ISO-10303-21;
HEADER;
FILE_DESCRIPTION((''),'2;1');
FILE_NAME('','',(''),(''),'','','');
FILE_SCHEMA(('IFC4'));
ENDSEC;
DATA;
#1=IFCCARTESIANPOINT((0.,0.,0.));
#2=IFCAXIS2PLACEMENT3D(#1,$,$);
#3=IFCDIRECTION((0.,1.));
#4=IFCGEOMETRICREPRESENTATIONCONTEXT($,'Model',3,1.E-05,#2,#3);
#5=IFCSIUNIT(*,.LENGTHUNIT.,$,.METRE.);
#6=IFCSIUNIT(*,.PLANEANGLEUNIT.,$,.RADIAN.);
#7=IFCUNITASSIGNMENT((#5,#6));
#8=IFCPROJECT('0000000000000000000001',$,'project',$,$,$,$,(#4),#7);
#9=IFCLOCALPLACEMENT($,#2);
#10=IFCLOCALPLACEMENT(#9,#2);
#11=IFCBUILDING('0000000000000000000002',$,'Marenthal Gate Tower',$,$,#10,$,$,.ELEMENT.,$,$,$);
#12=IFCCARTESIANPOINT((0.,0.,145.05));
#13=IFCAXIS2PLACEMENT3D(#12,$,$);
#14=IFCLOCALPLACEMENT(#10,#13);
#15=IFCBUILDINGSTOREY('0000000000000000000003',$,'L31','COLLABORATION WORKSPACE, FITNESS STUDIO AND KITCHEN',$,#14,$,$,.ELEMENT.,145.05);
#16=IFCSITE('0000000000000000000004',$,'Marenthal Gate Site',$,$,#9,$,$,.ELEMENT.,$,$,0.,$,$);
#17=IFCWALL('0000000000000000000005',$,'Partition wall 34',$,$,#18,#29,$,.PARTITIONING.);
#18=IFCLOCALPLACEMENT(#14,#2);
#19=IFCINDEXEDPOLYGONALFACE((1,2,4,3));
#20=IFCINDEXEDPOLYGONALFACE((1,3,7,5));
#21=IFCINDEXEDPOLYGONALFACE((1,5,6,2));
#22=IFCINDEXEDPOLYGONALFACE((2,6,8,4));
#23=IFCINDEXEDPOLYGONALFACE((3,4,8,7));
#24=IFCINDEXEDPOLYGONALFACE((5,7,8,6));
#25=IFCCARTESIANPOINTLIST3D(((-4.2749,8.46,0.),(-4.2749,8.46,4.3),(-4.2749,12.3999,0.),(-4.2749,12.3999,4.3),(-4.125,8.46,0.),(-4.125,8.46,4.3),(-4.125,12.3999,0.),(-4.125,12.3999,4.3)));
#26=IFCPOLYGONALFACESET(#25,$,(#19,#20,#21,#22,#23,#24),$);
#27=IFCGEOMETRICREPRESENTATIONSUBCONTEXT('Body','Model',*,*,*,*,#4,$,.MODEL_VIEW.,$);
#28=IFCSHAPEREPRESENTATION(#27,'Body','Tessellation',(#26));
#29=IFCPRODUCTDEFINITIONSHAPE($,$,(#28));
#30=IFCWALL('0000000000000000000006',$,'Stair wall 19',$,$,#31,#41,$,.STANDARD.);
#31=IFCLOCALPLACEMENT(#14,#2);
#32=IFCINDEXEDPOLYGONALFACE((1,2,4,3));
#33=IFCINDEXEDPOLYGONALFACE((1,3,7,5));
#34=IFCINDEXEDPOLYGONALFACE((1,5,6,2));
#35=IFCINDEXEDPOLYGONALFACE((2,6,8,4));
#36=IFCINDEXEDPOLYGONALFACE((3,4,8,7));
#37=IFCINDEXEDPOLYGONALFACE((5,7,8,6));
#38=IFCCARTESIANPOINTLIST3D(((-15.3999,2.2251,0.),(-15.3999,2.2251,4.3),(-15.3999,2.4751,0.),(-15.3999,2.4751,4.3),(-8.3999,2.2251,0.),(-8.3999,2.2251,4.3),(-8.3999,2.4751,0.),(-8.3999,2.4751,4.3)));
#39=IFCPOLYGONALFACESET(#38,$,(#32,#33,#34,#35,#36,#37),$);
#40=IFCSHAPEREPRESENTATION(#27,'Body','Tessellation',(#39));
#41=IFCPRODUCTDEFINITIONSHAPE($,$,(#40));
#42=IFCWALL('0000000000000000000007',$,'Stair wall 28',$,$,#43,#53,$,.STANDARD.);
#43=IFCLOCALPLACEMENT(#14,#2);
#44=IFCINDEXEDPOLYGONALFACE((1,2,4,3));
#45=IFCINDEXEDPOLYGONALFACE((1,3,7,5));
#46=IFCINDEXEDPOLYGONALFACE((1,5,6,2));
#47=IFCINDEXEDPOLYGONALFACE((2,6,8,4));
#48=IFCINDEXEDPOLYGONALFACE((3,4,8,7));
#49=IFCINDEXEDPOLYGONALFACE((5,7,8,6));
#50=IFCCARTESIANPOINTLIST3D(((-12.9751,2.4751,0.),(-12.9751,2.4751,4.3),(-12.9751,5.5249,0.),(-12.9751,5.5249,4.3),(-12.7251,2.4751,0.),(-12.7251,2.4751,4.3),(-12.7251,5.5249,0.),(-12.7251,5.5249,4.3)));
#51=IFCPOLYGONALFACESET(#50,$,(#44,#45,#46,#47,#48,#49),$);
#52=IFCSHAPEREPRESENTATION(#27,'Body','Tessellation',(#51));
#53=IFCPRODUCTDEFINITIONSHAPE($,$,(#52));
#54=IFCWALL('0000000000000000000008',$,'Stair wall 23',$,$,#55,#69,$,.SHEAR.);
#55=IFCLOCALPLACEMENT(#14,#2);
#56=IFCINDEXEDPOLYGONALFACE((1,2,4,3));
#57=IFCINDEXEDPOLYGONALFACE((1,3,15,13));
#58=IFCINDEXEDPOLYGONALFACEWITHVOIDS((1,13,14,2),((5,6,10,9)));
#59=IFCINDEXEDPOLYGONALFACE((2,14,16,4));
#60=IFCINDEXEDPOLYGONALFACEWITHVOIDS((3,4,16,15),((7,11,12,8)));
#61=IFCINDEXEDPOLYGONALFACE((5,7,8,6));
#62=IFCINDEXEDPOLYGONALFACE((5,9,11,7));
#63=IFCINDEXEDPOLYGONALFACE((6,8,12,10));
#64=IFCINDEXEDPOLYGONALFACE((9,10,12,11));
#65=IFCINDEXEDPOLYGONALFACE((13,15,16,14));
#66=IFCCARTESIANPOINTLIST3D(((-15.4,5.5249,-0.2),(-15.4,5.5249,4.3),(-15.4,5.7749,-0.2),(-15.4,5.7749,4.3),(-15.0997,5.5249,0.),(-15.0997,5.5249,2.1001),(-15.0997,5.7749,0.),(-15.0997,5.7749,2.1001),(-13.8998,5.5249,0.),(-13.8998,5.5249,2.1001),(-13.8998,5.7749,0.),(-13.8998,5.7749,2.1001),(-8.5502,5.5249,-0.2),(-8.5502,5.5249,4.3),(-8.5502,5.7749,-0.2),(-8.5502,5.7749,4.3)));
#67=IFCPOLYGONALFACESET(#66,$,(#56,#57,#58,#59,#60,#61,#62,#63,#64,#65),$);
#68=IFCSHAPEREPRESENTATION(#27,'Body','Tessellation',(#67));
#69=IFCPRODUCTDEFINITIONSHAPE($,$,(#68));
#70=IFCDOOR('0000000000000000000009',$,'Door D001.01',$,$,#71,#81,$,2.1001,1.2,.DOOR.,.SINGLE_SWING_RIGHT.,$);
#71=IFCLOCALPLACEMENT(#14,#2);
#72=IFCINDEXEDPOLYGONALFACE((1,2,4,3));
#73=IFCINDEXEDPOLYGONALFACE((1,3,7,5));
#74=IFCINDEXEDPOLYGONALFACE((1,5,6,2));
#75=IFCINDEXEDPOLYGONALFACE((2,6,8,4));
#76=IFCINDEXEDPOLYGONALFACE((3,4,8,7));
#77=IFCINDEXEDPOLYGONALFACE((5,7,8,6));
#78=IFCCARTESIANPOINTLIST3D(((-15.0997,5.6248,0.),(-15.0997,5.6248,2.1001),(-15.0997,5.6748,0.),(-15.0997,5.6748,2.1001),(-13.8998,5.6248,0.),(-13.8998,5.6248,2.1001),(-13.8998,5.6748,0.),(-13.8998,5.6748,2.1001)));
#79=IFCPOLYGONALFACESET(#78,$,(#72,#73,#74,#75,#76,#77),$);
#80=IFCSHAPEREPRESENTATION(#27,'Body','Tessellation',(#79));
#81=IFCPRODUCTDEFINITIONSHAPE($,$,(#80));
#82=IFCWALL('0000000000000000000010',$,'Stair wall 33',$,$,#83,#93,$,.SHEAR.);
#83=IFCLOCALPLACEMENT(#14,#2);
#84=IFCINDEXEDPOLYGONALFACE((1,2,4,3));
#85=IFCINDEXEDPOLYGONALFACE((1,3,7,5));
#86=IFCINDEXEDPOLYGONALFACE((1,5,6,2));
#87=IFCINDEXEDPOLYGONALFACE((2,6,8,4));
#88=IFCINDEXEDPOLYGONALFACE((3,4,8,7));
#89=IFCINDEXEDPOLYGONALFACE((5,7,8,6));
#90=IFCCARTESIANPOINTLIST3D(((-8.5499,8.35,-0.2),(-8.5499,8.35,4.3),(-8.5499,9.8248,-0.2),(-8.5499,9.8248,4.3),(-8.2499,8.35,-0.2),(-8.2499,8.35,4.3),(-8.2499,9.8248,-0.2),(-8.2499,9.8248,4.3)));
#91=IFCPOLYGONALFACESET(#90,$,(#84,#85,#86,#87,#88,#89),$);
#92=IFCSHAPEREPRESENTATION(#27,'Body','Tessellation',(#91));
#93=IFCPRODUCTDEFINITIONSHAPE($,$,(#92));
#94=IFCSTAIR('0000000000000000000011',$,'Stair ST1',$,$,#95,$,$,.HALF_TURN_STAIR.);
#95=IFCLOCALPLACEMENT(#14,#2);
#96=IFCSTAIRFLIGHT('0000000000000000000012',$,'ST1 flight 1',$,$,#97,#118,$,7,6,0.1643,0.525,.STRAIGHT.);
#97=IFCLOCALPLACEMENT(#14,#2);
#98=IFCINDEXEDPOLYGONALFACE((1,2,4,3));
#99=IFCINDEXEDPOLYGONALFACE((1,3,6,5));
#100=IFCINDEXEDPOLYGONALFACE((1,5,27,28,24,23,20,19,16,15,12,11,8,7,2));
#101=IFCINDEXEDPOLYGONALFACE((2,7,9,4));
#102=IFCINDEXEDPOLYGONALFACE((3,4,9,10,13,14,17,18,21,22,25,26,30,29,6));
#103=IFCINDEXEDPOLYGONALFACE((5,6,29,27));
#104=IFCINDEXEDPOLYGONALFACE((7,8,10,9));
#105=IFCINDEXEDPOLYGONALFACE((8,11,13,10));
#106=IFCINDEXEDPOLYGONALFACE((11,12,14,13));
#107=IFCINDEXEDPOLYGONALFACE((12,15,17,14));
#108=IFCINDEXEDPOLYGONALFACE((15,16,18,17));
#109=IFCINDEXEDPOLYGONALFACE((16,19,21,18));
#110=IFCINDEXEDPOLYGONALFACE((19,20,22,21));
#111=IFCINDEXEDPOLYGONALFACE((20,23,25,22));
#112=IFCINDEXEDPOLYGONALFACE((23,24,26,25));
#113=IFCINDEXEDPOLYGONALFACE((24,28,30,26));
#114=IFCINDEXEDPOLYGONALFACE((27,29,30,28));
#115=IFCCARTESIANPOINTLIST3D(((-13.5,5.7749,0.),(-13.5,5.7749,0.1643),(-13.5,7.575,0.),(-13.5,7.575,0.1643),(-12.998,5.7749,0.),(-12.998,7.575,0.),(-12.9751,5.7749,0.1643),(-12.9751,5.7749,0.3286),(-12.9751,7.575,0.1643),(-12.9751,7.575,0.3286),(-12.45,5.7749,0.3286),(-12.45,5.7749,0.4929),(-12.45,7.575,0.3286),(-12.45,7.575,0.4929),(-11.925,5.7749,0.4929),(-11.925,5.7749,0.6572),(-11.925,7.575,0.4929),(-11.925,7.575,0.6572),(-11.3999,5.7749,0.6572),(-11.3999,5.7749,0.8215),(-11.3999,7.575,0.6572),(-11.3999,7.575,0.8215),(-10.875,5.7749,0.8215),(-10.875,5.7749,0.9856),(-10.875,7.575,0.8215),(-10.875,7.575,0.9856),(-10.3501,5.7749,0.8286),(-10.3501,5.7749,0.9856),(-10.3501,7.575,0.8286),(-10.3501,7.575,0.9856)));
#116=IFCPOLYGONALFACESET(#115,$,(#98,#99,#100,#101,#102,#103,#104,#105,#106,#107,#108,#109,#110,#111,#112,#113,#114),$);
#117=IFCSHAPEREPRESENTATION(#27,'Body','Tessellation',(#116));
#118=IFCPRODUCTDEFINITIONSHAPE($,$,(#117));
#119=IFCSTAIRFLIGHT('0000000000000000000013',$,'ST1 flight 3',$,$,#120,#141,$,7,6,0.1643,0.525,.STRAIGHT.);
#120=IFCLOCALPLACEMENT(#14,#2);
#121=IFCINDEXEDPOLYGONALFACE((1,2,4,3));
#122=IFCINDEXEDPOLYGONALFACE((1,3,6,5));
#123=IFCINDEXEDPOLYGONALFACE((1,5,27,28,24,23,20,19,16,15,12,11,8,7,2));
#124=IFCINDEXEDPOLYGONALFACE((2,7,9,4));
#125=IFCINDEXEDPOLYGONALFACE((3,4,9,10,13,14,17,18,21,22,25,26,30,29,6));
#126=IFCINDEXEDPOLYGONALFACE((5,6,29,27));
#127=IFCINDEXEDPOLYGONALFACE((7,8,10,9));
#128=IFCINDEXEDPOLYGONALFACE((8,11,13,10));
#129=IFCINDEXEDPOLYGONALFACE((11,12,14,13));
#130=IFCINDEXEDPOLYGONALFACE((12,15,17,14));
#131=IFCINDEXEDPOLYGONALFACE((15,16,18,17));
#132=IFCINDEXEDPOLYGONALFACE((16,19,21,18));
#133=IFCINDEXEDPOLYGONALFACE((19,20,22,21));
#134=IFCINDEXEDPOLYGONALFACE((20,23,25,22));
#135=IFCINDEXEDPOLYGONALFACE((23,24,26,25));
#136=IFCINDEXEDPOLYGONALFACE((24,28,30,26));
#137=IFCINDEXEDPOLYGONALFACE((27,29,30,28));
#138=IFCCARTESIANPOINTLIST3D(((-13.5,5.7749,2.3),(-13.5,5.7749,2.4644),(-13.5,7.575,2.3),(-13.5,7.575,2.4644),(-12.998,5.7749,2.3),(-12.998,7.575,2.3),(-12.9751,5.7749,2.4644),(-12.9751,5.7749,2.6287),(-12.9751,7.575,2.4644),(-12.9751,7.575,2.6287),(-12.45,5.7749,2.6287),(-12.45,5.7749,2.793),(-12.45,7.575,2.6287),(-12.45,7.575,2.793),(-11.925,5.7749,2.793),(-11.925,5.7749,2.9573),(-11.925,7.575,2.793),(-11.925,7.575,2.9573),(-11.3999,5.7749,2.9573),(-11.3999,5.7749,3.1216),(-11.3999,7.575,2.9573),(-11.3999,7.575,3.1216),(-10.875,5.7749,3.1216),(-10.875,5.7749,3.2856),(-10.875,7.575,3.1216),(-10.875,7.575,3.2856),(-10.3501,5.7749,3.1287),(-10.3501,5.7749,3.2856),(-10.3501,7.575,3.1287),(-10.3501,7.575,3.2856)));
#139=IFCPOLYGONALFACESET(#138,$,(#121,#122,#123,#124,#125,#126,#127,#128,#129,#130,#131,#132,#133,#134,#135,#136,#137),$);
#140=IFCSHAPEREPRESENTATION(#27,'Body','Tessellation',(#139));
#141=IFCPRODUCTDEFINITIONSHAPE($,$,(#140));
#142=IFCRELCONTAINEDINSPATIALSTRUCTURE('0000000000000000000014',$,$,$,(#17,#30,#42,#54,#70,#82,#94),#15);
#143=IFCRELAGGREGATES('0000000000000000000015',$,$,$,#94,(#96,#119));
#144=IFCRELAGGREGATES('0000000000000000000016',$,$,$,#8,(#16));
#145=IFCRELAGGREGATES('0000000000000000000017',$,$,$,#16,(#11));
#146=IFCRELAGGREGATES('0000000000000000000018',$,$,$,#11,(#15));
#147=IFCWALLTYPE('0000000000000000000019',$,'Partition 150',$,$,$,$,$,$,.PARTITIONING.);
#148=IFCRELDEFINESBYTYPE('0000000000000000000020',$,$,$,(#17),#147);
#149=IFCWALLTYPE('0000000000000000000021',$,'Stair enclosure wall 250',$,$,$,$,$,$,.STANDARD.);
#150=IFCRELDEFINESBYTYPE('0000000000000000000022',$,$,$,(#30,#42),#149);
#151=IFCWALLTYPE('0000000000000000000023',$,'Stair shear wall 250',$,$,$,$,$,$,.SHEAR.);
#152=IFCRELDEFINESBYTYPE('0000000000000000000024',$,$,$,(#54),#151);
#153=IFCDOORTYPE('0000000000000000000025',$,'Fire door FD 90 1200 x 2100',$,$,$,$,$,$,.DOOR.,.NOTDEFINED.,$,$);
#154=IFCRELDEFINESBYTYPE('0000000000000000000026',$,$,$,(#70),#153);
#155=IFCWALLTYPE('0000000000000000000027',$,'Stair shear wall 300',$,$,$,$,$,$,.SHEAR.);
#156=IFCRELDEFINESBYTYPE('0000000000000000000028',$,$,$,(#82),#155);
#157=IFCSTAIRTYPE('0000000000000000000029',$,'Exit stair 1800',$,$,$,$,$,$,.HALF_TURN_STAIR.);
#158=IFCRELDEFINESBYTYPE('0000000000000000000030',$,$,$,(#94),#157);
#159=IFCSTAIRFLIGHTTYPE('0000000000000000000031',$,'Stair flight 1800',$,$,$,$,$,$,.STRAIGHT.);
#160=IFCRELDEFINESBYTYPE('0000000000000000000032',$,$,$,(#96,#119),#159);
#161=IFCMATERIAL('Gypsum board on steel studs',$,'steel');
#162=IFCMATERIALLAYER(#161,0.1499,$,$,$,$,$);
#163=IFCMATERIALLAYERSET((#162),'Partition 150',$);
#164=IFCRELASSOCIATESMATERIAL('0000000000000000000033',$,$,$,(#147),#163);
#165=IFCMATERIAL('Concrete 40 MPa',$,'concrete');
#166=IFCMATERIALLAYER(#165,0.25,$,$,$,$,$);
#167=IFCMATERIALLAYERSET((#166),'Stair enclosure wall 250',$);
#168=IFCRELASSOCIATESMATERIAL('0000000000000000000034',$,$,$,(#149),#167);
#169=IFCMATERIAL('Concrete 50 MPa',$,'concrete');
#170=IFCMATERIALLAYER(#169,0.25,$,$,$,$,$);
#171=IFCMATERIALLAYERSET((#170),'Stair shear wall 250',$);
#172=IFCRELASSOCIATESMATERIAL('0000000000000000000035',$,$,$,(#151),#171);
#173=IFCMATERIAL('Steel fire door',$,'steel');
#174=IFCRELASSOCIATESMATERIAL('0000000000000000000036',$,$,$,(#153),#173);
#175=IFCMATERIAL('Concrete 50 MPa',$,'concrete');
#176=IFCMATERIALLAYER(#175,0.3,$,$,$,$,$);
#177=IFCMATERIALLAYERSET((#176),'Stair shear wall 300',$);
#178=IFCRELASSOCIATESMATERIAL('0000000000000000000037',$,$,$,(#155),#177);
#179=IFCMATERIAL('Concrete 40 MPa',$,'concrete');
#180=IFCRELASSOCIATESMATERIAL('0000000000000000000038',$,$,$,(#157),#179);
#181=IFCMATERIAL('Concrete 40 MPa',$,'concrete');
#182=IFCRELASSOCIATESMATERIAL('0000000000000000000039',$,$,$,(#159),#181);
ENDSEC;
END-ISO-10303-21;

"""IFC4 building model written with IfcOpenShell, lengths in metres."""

from ifc_helpers import new_model, si_unit, direction, frame, frame_2d, origin, place, context, subcontext, project, spatial, polyline, rectangle, outline, extrude, material, layer, layer_set, type_object, element, fill, aggregate, save


model = new_model("IFC4")

# Units and contexts
model_context = context("Model", 3, precision=1e-05, world=origin(), true_north=direction((0.0, 1.0)))
body_context = subcontext(model_context, "Body", "Model", "MODEL_VIEW")
ifc_project = project(units=[si_unit("LENGTHUNIT", "METRE"), si_unit("PLANEANGLEUNIT", "RADIAN")], contexts=[model_context])

# Site, building, storey
site_placement = place(None, origin())
site = spatial("IfcSite", under=ifc_project, at=site_placement, Name="Marenthal Gate Site", CompositionType="ELEMENT", RefElevation=0.0)
building_placement = place(site_placement, origin())
building = spatial("IfcBuilding", under=site, at=building_placement, Name="Marenthal Gate Tower", CompositionType="ELEMENT")
storey_placement = place(building_placement, frame((0.0, 0.0, 145.05)))
storey = spatial("IfcBuildingStorey", under=building, at=storey_placement, Name="L31", Description="COLLABORATION WORKSPACE, FITNESS STUDIO AND KITCHEN", CompositionType="ELEMENT", Elevation=145.05)

# Walls
ifc_material_1 = material(Name="Gypsum board on steel studs", Category="steel")
ifc_layer_1 = layer(ifc_material_1, 0.1499)
ifc_layer_set_1 = layer_set([ifc_layer_1], Name="Partition 150")
wall_type_1 = type_object("IfcWallType", Name="Partition 150", PredefinedType="PARTITIONING", material=ifc_layer_set_1)
wall_1_placement = place(storey_placement, frame((-4.2, 8.46, 0.0), z_axis=(0.0, 0.0, 1.0), x_axis=(0.0, 1.0, 0.0)))
element("IfcWall", 1, at=wall_1_placement, inside=storey, type_object=wall_type_1, Name="Partition wall 34", PredefinedType="PARTITIONING", context=body_context, shape_type="SweptSolid", body=[
    extrude(rectangle(XDim=3.9399, YDim=0.1499, at=frame_2d((1.97, 0.0))), origin(), (0.0, 0.0, 1.0), 4.3),
])
ifc_material_2 = material(Name="Concrete 40 MPa", Category="concrete")
ifc_layer_2 = layer(ifc_material_2, 0.25)
ifc_layer_set_2 = layer_set([ifc_layer_2], Name="Stair enclosure wall 250")
wall_type_2 = type_object("IfcWallType", Name="Stair enclosure wall 250", PredefinedType="STANDARD", material=ifc_layer_set_2)
wall_2_placement = place(storey_placement, frame((-15.3999, 2.3501, 0.0), z_axis=(0.0, 0.0, 1.0), x_axis=(1.0, 0.0, 0.0)))
element("IfcWall", 2, at=wall_2_placement, inside=storey, type_object=wall_type_2, Name="Stair wall 19", PredefinedType="STANDARD", context=body_context, shape_type="SweptSolid", body=[
    extrude(rectangle(XDim=7.0, YDim=0.25, at=frame_2d((3.5, 0.0))), origin(), (0.0, 0.0, 1.0), 4.3),
])
wall_3_placement = place(storey_placement, frame((-12.8501, 2.4751, 0.0), z_axis=(0.0, 0.0, 1.0), x_axis=(0.0, 1.0, 0.0)))
element("IfcWall", 3, at=wall_3_placement, inside=storey, type_object=wall_type_2, Name="Stair wall 28", PredefinedType="STANDARD", context=body_context, shape_type="SweptSolid", body=[
    extrude(rectangle(XDim=3.0498, YDim=0.25, at=frame_2d((1.5249, 0.0))), origin(), (0.0, 0.0, 1.0), 4.3),
])

# Wall, opening, door
ifc_material_3 = material(Name="Concrete 50 MPa", Category="concrete")
ifc_layer_3 = layer(ifc_material_3, 0.25)
ifc_layer_set_3 = layer_set([ifc_layer_3], Name="Stair shear wall 250")
wall_type_3 = type_object("IfcWallType", Name="Stair shear wall 250", PredefinedType="SHEAR", material=ifc_layer_set_3)
wall_4_placement = place(storey_placement, frame((-15.3999, 5.6499, -0.2), z_axis=(0.0, 0.0, 1.0), x_axis=(1.0, 0.0, 0.0)))
wall_4 = element("IfcWall", 4, at=wall_4_placement, inside=storey, type_object=wall_type_3, Name="Stair wall 23", PredefinedType="SHEAR", context=body_context, shape_type="SweptSolid", body=[
    extrude(rectangle(XDim=6.8499, YDim=0.25, at=frame_2d((3.4248, 0.0))), origin(), (0.0, 0.0, 1.0), 4.5),
])
opening_1_placement = place(wall_4_placement, frame((0.3, 0.0, 0.2)))
opening_1 = element("IfcOpeningElement", 5, at=opening_1_placement, cuts=wall_4, PredefinedType="OPENING", context=body_context, shape_type="SweptSolid", body=[
    extrude(rectangle(XDim=1.2, YDim=2.1001, at=frame_2d((0.6001, 1.05))), frame((0.0, 0.135, 0.0), z_axis=(0.0, -1.0, 0.0), x_axis=(1.0, 0.0, 0.0)), (0.0, 0.0, 1.0), 0.27),
])
ifc_material_4 = material(Name="Steel fire door", Category="steel")
door_type_1 = type_object("IfcDoorType", Name="Fire door FD 90 1200 x 2100", OperationType="NOTDEFINED", PredefinedType="DOOR", material=ifc_material_4)
door_1_placement = place(opening_1_placement, origin())
door_1 = element("IfcDoor", 6, at=door_1_placement, inside=storey, type_object=door_type_1, Name="Door D001.01", OperationType="SINGLE_SWING_RIGHT", OverallHeight=2.1001, OverallWidth=1.2, PredefinedType="DOOR", context=body_context, shape_type="SweptSolid", body=[
    extrude(rectangle(XDim=1.2, YDim=2.1001, at=frame_2d((0.6001, 1.05))), frame((0.0, 0.0249, 0.0), z_axis=(0.0, -1.0, 0.0), x_axis=(1.0, 0.0, 0.0)), (0.0, 0.0, 1.0), 0.05),
])
fill(opening_1, door_1)

# Wall
ifc_material_5 = material(Name="Concrete 50 MPa", Category="concrete")
ifc_layer_4 = layer(ifc_material_5, 0.3)
ifc_layer_set_4 = layer_set([ifc_layer_4], Name="Stair shear wall 300")
wall_type_4 = type_object("IfcWallType", Name="Stair shear wall 300", PredefinedType="SHEAR", material=ifc_layer_set_4)
wall_5_placement = place(storey_placement, frame((-8.3999, 8.3501, -0.2), z_axis=(0.0, 0.0, 1.0), x_axis=(0.0, 1.0, 0.0)))
element("IfcWall", 7, at=wall_5_placement, inside=storey, type_object=wall_type_4, Name="Stair wall 33", PredefinedType="SHEAR", context=body_context, shape_type="SweptSolid", body=[
    extrude(rectangle(XDim=1.4749, YDim=0.3, at=frame_2d((0.7373, 0.0))), origin(), (0.0, 0.0, 1.0), 4.5),
])

# Stair, stair flights
ifc_material_6 = material(Name="Concrete 40 MPa", Category="concrete")
stair_type = type_object("IfcStairType", Name="Exit stair 1800", PredefinedType="HALF_TURN_STAIR", material=ifc_material_6)
stair_placement = place(storey_placement, origin())
stair = element("IfcStair", 8, at=stair_placement, inside=storey, type_object=stair_type, Name="Stair ST1", PredefinedType="HALF_TURN_STAIR")
ifc_material_7 = material(Name="Concrete 40 MPa", Category="concrete")
stair_flight_type = type_object("IfcStairFlightType", Name="Stair flight 1800", PredefinedType="STRAIGHT", material=ifc_material_7)
stair_flight_1_placement = place(storey_placement, frame((-13.5, 6.675, 0.0), z_axis=(0.0, 0.0, 1.0), x_axis=(1.0, 0.0, 0.0)))
stair_flight_1 = element("IfcStairFlight", 9, at=stair_flight_1_placement, type_object=stair_flight_type, Name="ST1 flight 1", NumberOfRisers=7, NumberOfTreads=6, PredefinedType="STRAIGHT", RiserHeight=0.1643, TreadLength=0.525, context=body_context, shape_type="SweptSolid", body=[
    extrude(outline(polyline([(0.0, 0.0), (0.0, 0.1643), (0.5249, 0.1643), (0.5249, 0.3286), (1.05, 0.3286), (1.05, 0.4929), (1.575, 0.4929), (1.575, 0.6572), (2.1001, 0.6572), (2.1001, 0.8215), (2.625, 0.8215), (2.625, 0.9856), (3.1499, 0.9856), (3.1499, 1.1499), (3.1499, 0.8286), (0.502, 0.0), (0.0, 0.0)])), frame((0.0, 0.8999, 0.0), z_axis=(0.0, -1.0, 0.0), x_axis=(1.0, 0.0, 0.0)), (0.0, 0.0, 1.0), 1.8),
])
stair_flight_2_placement = place(storey_placement, frame((-13.5, 6.675, 2.3), z_axis=(0.0, 0.0, 1.0), x_axis=(1.0, 0.0, 0.0)))
stair_flight_2 = element("IfcStairFlight", 10, at=stair_flight_2_placement, type_object=stair_flight_type, Name="ST1 flight 3", NumberOfRisers=7, NumberOfTreads=6, PredefinedType="STRAIGHT", RiserHeight=0.1643, TreadLength=0.525, context=body_context, shape_type="SweptSolid", body=[
    extrude(outline(polyline([(0.0, 0.0), (0.0, 0.1643), (0.5249, 0.1643), (0.5249, 0.3286), (1.05, 0.3286), (1.05, 0.4929), (1.575, 0.4929), (1.575, 0.6572), (2.1001, 0.6572), (2.1001, 0.8215), (2.625, 0.8215), (2.625, 0.9856), (3.1499, 0.9856), (3.1499, 1.1499), (3.1499, 0.8286), (0.502, 0.0), (0.0, 0.0)])), frame((0.0, 0.8999, 0.0), z_axis=(0.0, -1.0, 0.0), x_axis=(1.0, 0.0, 0.0)), (0.0, 0.0, 1.0), 1.8),
])
aggregate(stair, [stair_flight_1, stair_flight_2])

save(model, "model.ifc")
